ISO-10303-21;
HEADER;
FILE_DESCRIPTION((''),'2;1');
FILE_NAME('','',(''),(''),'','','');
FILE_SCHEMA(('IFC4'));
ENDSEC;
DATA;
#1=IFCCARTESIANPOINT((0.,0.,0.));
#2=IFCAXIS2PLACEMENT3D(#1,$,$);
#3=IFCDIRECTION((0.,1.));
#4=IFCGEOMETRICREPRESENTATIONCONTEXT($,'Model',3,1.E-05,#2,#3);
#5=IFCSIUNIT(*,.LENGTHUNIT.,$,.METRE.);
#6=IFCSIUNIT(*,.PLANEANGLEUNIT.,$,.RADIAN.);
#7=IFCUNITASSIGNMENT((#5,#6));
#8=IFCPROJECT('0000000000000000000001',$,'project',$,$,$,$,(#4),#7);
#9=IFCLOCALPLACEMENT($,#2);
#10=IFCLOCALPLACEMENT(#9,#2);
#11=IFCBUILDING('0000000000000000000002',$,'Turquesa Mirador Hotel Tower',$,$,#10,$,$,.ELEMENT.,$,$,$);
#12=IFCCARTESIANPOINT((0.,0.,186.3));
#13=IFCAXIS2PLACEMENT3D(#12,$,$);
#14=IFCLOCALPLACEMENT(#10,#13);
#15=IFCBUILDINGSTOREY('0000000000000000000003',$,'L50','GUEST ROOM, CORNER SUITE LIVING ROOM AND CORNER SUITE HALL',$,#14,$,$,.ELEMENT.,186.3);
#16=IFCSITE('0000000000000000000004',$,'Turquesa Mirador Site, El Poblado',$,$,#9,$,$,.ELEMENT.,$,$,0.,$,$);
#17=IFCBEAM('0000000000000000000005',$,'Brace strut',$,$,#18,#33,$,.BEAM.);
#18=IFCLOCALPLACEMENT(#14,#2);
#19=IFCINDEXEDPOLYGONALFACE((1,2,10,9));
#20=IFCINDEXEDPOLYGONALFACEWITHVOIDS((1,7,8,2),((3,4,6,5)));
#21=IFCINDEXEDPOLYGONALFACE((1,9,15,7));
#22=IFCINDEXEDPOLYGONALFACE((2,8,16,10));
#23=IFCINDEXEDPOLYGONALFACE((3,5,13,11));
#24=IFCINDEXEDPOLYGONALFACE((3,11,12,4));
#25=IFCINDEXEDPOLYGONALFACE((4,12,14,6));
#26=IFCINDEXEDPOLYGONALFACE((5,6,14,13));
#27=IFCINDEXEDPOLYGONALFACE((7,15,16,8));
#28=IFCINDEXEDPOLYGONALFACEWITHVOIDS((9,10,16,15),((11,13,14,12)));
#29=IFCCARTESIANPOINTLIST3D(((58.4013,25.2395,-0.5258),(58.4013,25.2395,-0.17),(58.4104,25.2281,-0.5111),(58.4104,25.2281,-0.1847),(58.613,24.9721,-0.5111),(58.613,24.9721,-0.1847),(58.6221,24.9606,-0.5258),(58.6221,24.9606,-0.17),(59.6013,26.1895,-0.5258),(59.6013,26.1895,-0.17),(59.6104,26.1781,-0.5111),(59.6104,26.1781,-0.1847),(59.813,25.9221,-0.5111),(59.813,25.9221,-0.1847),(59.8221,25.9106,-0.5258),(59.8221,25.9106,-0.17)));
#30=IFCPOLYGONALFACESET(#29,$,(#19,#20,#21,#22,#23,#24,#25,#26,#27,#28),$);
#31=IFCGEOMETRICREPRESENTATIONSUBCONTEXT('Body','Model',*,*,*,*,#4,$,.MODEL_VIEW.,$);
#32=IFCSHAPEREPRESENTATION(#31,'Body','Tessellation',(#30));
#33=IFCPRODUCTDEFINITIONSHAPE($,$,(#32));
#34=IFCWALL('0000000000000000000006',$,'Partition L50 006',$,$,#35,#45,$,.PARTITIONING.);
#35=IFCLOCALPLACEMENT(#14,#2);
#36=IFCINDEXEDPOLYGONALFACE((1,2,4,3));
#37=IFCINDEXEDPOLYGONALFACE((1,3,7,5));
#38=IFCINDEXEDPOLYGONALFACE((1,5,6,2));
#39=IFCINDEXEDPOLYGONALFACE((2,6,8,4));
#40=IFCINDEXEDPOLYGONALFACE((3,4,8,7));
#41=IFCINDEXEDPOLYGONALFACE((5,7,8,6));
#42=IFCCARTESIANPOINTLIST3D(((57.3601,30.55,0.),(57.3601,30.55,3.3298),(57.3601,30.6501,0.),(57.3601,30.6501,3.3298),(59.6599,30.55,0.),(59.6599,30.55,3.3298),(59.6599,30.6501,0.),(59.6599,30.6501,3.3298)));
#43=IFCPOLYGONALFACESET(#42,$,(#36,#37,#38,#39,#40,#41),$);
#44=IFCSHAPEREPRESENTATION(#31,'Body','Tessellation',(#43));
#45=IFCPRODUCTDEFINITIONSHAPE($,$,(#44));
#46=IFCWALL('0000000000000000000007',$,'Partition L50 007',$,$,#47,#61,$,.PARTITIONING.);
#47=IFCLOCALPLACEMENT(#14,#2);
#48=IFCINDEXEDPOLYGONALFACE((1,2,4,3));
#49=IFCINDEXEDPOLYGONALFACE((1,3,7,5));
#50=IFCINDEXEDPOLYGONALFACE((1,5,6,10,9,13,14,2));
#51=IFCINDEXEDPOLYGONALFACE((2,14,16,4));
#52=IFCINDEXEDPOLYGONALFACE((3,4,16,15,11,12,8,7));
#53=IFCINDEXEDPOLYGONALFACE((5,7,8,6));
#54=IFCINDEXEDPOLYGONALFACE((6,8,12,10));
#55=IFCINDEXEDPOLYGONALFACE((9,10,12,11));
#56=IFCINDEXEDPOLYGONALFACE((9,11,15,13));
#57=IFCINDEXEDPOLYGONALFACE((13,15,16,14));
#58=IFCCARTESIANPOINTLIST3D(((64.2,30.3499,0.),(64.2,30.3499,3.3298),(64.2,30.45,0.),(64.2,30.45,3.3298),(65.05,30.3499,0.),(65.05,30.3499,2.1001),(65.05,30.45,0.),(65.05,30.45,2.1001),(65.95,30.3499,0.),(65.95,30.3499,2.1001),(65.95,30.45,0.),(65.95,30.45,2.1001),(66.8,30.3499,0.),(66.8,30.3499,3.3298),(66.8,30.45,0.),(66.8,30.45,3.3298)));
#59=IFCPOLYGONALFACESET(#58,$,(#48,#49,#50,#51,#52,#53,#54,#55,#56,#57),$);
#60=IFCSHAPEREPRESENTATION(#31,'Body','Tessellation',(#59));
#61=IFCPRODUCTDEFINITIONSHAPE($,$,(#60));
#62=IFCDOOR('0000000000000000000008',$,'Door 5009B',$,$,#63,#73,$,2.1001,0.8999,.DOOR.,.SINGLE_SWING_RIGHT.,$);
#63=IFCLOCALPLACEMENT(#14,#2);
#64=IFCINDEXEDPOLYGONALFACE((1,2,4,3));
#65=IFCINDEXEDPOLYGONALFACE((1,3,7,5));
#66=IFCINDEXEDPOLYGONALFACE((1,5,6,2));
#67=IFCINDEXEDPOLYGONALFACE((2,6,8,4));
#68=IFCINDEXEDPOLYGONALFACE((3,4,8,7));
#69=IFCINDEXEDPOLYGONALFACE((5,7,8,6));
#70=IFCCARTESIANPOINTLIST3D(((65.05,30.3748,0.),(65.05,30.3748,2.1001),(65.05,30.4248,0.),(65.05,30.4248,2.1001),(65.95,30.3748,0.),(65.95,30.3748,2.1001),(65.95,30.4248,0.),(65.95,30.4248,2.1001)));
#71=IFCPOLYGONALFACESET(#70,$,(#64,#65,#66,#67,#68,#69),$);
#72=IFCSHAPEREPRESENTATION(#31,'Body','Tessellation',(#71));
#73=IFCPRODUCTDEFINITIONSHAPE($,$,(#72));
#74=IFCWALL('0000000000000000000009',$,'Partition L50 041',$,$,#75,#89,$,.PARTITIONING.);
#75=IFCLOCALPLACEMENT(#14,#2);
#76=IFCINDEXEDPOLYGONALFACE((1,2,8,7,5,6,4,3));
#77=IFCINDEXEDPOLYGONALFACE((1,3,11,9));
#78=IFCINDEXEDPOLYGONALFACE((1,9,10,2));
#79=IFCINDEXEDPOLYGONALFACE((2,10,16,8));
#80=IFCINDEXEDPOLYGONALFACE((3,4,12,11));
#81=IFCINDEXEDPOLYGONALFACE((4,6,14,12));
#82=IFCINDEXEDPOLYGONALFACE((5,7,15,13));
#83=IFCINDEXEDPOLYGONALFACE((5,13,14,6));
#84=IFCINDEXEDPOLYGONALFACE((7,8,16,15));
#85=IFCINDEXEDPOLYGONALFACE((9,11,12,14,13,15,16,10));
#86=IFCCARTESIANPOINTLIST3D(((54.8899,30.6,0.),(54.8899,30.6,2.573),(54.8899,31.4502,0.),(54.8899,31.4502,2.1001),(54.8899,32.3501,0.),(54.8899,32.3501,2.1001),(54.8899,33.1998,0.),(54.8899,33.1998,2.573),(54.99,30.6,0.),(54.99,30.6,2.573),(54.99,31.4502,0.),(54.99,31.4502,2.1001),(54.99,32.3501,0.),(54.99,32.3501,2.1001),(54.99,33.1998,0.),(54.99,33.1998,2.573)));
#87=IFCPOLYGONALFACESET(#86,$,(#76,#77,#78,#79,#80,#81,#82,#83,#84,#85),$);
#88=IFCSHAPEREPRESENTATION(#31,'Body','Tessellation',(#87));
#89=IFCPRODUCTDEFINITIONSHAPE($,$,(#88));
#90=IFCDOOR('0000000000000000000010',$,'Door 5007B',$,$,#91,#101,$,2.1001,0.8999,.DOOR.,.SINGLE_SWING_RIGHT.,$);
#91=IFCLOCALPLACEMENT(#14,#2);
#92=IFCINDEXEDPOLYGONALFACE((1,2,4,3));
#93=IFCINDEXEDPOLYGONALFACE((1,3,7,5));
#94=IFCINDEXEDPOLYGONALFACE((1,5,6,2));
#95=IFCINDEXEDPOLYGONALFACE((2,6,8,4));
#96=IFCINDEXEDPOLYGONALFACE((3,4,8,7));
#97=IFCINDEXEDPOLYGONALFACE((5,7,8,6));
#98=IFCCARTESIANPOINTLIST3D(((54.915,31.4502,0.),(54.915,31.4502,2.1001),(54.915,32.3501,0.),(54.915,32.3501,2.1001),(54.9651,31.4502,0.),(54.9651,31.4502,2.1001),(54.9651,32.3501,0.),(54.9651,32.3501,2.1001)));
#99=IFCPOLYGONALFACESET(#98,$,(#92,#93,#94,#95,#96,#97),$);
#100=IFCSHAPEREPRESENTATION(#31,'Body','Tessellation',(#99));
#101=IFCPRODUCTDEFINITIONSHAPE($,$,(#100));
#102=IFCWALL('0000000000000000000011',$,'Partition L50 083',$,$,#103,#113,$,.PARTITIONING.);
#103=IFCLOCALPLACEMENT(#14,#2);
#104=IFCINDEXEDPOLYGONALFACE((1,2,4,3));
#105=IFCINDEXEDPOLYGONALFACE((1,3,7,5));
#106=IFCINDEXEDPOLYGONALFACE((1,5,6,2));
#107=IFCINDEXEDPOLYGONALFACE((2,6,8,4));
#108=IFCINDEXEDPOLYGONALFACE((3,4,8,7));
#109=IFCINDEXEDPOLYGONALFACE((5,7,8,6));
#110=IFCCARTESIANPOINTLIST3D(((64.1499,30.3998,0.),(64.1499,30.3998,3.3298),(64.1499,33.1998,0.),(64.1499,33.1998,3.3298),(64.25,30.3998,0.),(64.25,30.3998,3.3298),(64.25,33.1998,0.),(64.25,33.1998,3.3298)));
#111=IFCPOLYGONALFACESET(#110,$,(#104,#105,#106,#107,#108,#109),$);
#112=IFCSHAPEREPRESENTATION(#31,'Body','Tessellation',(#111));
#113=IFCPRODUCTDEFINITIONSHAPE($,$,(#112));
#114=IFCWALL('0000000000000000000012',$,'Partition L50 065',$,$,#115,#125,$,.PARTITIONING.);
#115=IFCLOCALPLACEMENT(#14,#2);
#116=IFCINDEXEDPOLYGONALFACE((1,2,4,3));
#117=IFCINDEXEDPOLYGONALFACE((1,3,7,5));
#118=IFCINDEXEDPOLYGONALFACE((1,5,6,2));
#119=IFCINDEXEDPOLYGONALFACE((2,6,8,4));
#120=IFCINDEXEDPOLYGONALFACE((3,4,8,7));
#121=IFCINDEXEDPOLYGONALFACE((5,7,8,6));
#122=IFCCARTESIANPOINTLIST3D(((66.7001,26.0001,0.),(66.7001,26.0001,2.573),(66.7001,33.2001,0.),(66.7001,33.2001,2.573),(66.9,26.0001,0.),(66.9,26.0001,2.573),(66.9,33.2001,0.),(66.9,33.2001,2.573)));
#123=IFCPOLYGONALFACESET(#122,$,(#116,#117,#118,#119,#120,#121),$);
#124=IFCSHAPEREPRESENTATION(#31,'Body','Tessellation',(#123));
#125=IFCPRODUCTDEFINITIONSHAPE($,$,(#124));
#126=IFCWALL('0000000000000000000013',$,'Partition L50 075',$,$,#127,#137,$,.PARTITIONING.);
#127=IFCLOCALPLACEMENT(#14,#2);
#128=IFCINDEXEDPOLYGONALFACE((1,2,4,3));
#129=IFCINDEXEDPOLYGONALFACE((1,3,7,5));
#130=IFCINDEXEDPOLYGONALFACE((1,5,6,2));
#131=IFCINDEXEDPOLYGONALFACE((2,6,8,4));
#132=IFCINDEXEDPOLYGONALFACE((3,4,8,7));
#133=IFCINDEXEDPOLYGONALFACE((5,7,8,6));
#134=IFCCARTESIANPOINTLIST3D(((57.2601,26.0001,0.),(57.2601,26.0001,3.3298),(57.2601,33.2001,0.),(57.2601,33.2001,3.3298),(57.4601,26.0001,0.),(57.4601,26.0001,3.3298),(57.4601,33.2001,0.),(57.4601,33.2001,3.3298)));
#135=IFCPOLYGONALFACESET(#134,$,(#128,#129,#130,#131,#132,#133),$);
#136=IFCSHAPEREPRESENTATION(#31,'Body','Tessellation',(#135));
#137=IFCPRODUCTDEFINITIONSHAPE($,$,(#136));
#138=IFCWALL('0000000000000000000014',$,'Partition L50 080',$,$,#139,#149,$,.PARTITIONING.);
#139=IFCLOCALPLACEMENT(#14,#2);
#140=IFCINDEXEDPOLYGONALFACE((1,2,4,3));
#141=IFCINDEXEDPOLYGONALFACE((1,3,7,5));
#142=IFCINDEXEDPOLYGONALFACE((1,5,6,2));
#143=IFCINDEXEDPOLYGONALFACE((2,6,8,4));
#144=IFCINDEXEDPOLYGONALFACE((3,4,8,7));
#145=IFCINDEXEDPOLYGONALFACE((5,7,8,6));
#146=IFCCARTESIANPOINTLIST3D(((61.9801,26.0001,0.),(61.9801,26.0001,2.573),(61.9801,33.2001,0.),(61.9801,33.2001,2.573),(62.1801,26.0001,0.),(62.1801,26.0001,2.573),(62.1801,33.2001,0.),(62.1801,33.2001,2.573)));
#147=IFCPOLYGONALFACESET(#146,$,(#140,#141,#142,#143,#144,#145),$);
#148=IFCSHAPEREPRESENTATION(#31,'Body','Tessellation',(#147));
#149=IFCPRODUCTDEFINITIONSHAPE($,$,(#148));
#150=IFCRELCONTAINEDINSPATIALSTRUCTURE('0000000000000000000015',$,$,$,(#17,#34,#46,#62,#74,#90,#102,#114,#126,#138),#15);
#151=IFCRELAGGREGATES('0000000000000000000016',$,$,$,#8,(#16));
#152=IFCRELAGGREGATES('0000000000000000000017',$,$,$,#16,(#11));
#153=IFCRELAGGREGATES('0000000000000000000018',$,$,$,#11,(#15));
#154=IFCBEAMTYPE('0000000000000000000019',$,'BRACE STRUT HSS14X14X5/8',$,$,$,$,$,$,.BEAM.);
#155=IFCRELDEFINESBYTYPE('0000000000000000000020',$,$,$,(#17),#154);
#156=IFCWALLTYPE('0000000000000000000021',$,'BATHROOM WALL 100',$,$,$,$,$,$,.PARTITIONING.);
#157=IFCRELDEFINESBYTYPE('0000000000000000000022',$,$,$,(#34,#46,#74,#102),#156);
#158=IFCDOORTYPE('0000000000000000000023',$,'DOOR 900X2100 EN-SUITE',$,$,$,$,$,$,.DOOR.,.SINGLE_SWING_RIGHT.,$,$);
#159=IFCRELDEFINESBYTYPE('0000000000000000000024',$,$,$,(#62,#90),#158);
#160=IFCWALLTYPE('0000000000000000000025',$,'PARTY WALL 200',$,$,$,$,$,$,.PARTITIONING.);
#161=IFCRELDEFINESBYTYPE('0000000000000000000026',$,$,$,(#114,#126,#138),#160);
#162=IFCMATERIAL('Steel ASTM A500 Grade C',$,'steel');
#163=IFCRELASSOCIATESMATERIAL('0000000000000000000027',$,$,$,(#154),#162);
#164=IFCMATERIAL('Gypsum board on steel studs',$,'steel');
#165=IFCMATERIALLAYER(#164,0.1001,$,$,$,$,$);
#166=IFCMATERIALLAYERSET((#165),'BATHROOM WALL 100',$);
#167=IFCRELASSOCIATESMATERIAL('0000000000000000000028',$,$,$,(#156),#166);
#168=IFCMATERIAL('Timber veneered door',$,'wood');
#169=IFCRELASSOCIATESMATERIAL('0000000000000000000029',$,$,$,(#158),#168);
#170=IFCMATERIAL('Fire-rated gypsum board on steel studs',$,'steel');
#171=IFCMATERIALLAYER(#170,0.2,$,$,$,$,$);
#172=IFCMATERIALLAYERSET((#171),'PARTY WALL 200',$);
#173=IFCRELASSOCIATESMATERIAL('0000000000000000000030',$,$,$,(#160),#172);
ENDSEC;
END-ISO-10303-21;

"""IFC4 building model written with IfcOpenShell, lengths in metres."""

from ifc_helpers import new_model, si_unit, direction, frame, frame_2d, origin, origin_2d, place, context, subcontext, project, spatial, rectangle, hollow_rectangle, extrude, material, layer, layer_set, material_profile, profile_set, type_object, element, fill, save


model = new_model("IFC4")

# Units and contexts
model_context = context("Model", 3, precision=1e-05, world=origin(), true_north=direction((0.0, 1.0)))
body_context = subcontext(model_context, "Body", "Model", "MODEL_VIEW")
ifc_project = project(units=[si_unit("LENGTHUNIT", "METRE"), si_unit("PLANEANGLEUNIT", "RADIAN")], contexts=[model_context])

# Site, building, storey
site_placement = place(None, origin())
site = spatial("IfcSite", under=ifc_project, at=site_placement, Name="Turquesa Mirador Site, El Poblado", CompositionType="ELEMENT", RefElevation=0.0)
building_placement = place(site_placement, origin())
building = spatial("IfcBuilding", under=site, at=building_placement, Name="Turquesa Mirador Hotel Tower", CompositionType="ELEMENT")
storey_placement = place(building_placement, frame((0.0, 0.0, 186.3)))
storey = spatial("IfcBuildingStorey", under=building, at=storey_placement, Name="L50", Description="GUEST ROOM, CORNER SUITE LIVING ROOM AND CORNER SUITE HALL", CompositionType="ELEMENT", Elevation=186.3)

# Beam
ifc_material_1 = material(Name="Steel ASTM A500 Grade C", Category="steel")
ifc_material_profile_1 = material_profile(ifc_material_1, hollow_rectangle(XDim=0.3557, YDim=0.3557, WallThickness=0.0146, at=origin_2d()), Name="HSS14X14X5/8")
ifc_profile_set_1 = profile_set([ifc_material_profile_1], Name="Steel ASTM A500 Grade C")
beam_type_1 = type_object("IfcBeamType", Name="BRACE STRUT HSS14X14X5/8", PredefinedType="BEAM", material=ifc_profile_set_1)
for number, where, z_axis, x_axis, name in (
    (1, (58.5117, 25.1001, -0.3479), (0.784049, 0.620699, 0.0), (-0.620699, 0.784049, 0.0), "Brace strut"),
):
    element("IfcBeam", number, at=place(storey_placement, frame(where, z_axis=z_axis, x_axis=x_axis)), inside=storey, type_object=beam_type_1, Name=name, PredefinedType="BEAM", context=body_context, shape_type="SweptSolid", body=[
        extrude(hollow_rectangle(XDim=0.3557, YDim=0.3557, WallThickness=0.0146, at=origin_2d()), origin(), (0.0, 0.0, 1.0), 1.5305),
    ])

# Wall
ifc_material_2 = material(Name="Gypsum board on steel studs", Category="steel")
ifc_layer_1 = layer(ifc_material_2, 0.1001)
ifc_layer_set_1 = layer_set([ifc_layer_1], Name="BATHROOM WALL 100")
wall_type_1 = type_object("IfcWallType", Name="BATHROOM WALL 100", PredefinedType="PARTITIONING", material=ifc_layer_set_1)
wall_1_placement = place(storey_placement, frame((57.3601, 30.6001, 0.0), z_axis=(0.0, 0.0, 1.0), x_axis=(1.0, 0.0, 0.0)))
element("IfcWall", 2, at=wall_1_placement, inside=storey, type_object=wall_type_1, Name="Partition L50 006", PredefinedType="PARTITIONING", context=body_context, shape_type="SweptSolid", body=[
    extrude(rectangle(XDim=2.2998, YDim=0.1001, at=frame_2d((1.1499, 0.0))), origin(), (0.0, 0.0, 1.0), 3.3298),
])

# Walls, openings, doors
wall_2_placement = place(storey_placement, frame((64.2, 30.3999, 0.0), z_axis=(0.0, 0.0, 1.0), x_axis=(1.0, 0.0, 0.0)))
wall_2 = element("IfcWall", 3, at=wall_2_placement, inside=storey, type_object=wall_type_1, Name="Partition L50 007", PredefinedType="PARTITIONING", context=body_context, shape_type="SweptSolid", body=[
    extrude(rectangle(XDim=2.6001, YDim=0.1001, at=frame_2d((1.3, 0.0))), origin(), (0.0, 0.0, 1.0), 3.3298),
])
opening_1_placement = place(wall_2_placement, frame((0.8501, 0.0, 0.0)))
opening_1 = element("IfcOpeningElement", 4, at=opening_1_placement, cuts=wall_2, PredefinedType="OPENING", context=body_context, shape_type="SweptSolid", body=[
    extrude(rectangle(XDim=0.8999, YDim=2.1001, at=frame_2d((0.45, 1.05))), frame((0.0, 0.0601, 0.0), z_axis=(0.0, -1.0, 0.0), x_axis=(1.0, 0.0, 0.0)), (0.0, 0.0, 1.0), 0.1201),
])
ifc_material_3 = material(Name="Timber veneered door", Category="wood")
door_type = type_object("IfcDoorType", Name="DOOR 900X2100 EN-SUITE", OperationType="SINGLE_SWING_RIGHT", PredefinedType="DOOR", material=ifc_material_3)
door_1_placement = place(opening_1_placement, origin())
door_1 = element("IfcDoor", 5, at=door_1_placement, inside=storey, type_object=door_type, Name="Door 5009B", OperationType="SINGLE_SWING_RIGHT", OverallHeight=2.1001, OverallWidth=0.8999, PredefinedType="DOOR", context=body_context, shape_type="SweptSolid", body=[
    extrude(rectangle(XDim=0.8999, YDim=2.1001, at=frame_2d((0.45, 1.05))), frame((0.0, 0.0249, 0.0), z_axis=(0.0, -1.0, 0.0), x_axis=(1.0, 0.0, 0.0)), (0.0, 0.0, 1.0), 0.05),
])
fill(opening_1, door_1)
wall_3_placement = place(storey_placement, frame((54.9399, 30.6001, 0.0), z_axis=(0.0, 0.0, 1.0), x_axis=(0.0, 1.0, 0.0)))
wall_3 = element("IfcWall", 6, at=wall_3_placement, inside=storey, type_object=wall_type_1, Name="Partition L50 041", PredefinedType="PARTITIONING", context=body_context, shape_type="SweptSolid", body=[
    extrude(rectangle(XDim=2.5999, YDim=0.1001, at=frame_2d((1.2998, 0.0))), origin(), (0.0, 0.0, 1.0), 2.573),
])
opening_2_placement = place(wall_3_placement, frame((0.8501, 0.0, 0.0)))
opening_2 = element("IfcOpeningElement", 7, at=opening_2_placement, cuts=wall_3, PredefinedType="OPENING", context=body_context, shape_type="SweptSolid", body=[
    extrude(rectangle(XDim=0.8999, YDim=2.1001, at=frame_2d((0.45, 1.05))), frame((0.0, 0.0601, 0.0), z_axis=(0.0, -1.0, 0.0), x_axis=(1.0, 0.0, 0.0)), (0.0, 0.0, 1.0), 0.1201),
])
door_2_placement = place(opening_2_placement, origin())
door_2 = element("IfcDoor", 8, at=door_2_placement, inside=storey, type_object=door_type, Name="Door 5007B", OperationType="SINGLE_SWING_RIGHT", OverallHeight=2.1001, OverallWidth=0.8999, PredefinedType="DOOR", context=body_context, shape_type="SweptSolid", body=[
    extrude(rectangle(XDim=0.8999, YDim=2.1001, at=frame_2d((0.45, 1.05))), frame((0.0, 0.0249, 0.0), z_axis=(0.0, -1.0, 0.0), x_axis=(1.0, 0.0, 0.0)), (0.0, 0.0, 1.0), 0.05),
])
fill(opening_2, door_2)

# Walls
wall_4_placement = place(storey_placement, frame((64.2, 30.3999, 0.0), z_axis=(0.0, 0.0, 1.0), x_axis=(0.0, 1.0, 0.0)))
element("IfcWall", 9, at=wall_4_placement, inside=storey, type_object=wall_type_1, Name="Partition L50 083", PredefinedType="PARTITIONING", context=body_context, shape_type="SweptSolid", body=[
    extrude(rectangle(XDim=2.8, YDim=0.1001, at=frame_2d((1.3999, 0.0))), origin(), (0.0, 0.0, 1.0), 3.3298),
])
ifc_material_4 = material(Name="Fire-rated gypsum board on steel studs", Category="steel")
ifc_layer_2 = layer(ifc_material_4, 0.2)
ifc_layer_set_2 = layer_set([ifc_layer_2], Name="PARTY WALL 200")
wall_type_2 = type_object("IfcWallType", Name="PARTY WALL 200", PredefinedType="PARTITIONING", material=ifc_layer_set_2)
wall_5_placement = place(storey_placement, frame((66.8, 26.0, 0.0), z_axis=(0.0, 0.0, 1.0), x_axis=(0.0, 1.0, 0.0)))
element("IfcWall", 10, at=wall_5_placement, inside=storey, type_object=wall_type_2, Name="Partition L50 065", PredefinedType="PARTITIONING", context=body_context, shape_type="SweptSolid", body=[
    extrude(rectangle(XDim=7.2, YDim=0.2, at=frame_2d((3.6001, 0.0))), origin(), (0.0, 0.0, 1.0), 2.573),
])
wall_6_placement = place(storey_placement, frame((57.3601, 26.0, 0.0), z_axis=(0.0, 0.0, 1.0), x_axis=(0.0, 1.0, 0.0)))
element("IfcWall", 11, at=wall_6_placement, inside=storey, type_object=wall_type_2, Name="Partition L50 075", PredefinedType="PARTITIONING", context=body_context, shape_type="SweptSolid", body=[
    extrude(rectangle(XDim=7.2, YDim=0.2, at=frame_2d((3.6001, 0.0))), origin(), (0.0, 0.0, 1.0), 3.3298),
])
wall_7_placement = place(storey_placement, frame((62.0801, 26.0, 0.0), z_axis=(0.0, 0.0, 1.0), x_axis=(0.0, 1.0, 0.0)))
element("IfcWall", 12, at=wall_7_placement, inside=storey, type_object=wall_type_2, Name="Partition L50 080", PredefinedType="PARTITIONING", context=body_context, shape_type="SweptSolid", body=[
    extrude(rectangle(XDim=7.2, YDim=0.2, at=frame_2d((3.6001, 0.0))), origin(), (0.0, 0.0, 1.0), 2.573),
])

save(model, "model.ifc")
